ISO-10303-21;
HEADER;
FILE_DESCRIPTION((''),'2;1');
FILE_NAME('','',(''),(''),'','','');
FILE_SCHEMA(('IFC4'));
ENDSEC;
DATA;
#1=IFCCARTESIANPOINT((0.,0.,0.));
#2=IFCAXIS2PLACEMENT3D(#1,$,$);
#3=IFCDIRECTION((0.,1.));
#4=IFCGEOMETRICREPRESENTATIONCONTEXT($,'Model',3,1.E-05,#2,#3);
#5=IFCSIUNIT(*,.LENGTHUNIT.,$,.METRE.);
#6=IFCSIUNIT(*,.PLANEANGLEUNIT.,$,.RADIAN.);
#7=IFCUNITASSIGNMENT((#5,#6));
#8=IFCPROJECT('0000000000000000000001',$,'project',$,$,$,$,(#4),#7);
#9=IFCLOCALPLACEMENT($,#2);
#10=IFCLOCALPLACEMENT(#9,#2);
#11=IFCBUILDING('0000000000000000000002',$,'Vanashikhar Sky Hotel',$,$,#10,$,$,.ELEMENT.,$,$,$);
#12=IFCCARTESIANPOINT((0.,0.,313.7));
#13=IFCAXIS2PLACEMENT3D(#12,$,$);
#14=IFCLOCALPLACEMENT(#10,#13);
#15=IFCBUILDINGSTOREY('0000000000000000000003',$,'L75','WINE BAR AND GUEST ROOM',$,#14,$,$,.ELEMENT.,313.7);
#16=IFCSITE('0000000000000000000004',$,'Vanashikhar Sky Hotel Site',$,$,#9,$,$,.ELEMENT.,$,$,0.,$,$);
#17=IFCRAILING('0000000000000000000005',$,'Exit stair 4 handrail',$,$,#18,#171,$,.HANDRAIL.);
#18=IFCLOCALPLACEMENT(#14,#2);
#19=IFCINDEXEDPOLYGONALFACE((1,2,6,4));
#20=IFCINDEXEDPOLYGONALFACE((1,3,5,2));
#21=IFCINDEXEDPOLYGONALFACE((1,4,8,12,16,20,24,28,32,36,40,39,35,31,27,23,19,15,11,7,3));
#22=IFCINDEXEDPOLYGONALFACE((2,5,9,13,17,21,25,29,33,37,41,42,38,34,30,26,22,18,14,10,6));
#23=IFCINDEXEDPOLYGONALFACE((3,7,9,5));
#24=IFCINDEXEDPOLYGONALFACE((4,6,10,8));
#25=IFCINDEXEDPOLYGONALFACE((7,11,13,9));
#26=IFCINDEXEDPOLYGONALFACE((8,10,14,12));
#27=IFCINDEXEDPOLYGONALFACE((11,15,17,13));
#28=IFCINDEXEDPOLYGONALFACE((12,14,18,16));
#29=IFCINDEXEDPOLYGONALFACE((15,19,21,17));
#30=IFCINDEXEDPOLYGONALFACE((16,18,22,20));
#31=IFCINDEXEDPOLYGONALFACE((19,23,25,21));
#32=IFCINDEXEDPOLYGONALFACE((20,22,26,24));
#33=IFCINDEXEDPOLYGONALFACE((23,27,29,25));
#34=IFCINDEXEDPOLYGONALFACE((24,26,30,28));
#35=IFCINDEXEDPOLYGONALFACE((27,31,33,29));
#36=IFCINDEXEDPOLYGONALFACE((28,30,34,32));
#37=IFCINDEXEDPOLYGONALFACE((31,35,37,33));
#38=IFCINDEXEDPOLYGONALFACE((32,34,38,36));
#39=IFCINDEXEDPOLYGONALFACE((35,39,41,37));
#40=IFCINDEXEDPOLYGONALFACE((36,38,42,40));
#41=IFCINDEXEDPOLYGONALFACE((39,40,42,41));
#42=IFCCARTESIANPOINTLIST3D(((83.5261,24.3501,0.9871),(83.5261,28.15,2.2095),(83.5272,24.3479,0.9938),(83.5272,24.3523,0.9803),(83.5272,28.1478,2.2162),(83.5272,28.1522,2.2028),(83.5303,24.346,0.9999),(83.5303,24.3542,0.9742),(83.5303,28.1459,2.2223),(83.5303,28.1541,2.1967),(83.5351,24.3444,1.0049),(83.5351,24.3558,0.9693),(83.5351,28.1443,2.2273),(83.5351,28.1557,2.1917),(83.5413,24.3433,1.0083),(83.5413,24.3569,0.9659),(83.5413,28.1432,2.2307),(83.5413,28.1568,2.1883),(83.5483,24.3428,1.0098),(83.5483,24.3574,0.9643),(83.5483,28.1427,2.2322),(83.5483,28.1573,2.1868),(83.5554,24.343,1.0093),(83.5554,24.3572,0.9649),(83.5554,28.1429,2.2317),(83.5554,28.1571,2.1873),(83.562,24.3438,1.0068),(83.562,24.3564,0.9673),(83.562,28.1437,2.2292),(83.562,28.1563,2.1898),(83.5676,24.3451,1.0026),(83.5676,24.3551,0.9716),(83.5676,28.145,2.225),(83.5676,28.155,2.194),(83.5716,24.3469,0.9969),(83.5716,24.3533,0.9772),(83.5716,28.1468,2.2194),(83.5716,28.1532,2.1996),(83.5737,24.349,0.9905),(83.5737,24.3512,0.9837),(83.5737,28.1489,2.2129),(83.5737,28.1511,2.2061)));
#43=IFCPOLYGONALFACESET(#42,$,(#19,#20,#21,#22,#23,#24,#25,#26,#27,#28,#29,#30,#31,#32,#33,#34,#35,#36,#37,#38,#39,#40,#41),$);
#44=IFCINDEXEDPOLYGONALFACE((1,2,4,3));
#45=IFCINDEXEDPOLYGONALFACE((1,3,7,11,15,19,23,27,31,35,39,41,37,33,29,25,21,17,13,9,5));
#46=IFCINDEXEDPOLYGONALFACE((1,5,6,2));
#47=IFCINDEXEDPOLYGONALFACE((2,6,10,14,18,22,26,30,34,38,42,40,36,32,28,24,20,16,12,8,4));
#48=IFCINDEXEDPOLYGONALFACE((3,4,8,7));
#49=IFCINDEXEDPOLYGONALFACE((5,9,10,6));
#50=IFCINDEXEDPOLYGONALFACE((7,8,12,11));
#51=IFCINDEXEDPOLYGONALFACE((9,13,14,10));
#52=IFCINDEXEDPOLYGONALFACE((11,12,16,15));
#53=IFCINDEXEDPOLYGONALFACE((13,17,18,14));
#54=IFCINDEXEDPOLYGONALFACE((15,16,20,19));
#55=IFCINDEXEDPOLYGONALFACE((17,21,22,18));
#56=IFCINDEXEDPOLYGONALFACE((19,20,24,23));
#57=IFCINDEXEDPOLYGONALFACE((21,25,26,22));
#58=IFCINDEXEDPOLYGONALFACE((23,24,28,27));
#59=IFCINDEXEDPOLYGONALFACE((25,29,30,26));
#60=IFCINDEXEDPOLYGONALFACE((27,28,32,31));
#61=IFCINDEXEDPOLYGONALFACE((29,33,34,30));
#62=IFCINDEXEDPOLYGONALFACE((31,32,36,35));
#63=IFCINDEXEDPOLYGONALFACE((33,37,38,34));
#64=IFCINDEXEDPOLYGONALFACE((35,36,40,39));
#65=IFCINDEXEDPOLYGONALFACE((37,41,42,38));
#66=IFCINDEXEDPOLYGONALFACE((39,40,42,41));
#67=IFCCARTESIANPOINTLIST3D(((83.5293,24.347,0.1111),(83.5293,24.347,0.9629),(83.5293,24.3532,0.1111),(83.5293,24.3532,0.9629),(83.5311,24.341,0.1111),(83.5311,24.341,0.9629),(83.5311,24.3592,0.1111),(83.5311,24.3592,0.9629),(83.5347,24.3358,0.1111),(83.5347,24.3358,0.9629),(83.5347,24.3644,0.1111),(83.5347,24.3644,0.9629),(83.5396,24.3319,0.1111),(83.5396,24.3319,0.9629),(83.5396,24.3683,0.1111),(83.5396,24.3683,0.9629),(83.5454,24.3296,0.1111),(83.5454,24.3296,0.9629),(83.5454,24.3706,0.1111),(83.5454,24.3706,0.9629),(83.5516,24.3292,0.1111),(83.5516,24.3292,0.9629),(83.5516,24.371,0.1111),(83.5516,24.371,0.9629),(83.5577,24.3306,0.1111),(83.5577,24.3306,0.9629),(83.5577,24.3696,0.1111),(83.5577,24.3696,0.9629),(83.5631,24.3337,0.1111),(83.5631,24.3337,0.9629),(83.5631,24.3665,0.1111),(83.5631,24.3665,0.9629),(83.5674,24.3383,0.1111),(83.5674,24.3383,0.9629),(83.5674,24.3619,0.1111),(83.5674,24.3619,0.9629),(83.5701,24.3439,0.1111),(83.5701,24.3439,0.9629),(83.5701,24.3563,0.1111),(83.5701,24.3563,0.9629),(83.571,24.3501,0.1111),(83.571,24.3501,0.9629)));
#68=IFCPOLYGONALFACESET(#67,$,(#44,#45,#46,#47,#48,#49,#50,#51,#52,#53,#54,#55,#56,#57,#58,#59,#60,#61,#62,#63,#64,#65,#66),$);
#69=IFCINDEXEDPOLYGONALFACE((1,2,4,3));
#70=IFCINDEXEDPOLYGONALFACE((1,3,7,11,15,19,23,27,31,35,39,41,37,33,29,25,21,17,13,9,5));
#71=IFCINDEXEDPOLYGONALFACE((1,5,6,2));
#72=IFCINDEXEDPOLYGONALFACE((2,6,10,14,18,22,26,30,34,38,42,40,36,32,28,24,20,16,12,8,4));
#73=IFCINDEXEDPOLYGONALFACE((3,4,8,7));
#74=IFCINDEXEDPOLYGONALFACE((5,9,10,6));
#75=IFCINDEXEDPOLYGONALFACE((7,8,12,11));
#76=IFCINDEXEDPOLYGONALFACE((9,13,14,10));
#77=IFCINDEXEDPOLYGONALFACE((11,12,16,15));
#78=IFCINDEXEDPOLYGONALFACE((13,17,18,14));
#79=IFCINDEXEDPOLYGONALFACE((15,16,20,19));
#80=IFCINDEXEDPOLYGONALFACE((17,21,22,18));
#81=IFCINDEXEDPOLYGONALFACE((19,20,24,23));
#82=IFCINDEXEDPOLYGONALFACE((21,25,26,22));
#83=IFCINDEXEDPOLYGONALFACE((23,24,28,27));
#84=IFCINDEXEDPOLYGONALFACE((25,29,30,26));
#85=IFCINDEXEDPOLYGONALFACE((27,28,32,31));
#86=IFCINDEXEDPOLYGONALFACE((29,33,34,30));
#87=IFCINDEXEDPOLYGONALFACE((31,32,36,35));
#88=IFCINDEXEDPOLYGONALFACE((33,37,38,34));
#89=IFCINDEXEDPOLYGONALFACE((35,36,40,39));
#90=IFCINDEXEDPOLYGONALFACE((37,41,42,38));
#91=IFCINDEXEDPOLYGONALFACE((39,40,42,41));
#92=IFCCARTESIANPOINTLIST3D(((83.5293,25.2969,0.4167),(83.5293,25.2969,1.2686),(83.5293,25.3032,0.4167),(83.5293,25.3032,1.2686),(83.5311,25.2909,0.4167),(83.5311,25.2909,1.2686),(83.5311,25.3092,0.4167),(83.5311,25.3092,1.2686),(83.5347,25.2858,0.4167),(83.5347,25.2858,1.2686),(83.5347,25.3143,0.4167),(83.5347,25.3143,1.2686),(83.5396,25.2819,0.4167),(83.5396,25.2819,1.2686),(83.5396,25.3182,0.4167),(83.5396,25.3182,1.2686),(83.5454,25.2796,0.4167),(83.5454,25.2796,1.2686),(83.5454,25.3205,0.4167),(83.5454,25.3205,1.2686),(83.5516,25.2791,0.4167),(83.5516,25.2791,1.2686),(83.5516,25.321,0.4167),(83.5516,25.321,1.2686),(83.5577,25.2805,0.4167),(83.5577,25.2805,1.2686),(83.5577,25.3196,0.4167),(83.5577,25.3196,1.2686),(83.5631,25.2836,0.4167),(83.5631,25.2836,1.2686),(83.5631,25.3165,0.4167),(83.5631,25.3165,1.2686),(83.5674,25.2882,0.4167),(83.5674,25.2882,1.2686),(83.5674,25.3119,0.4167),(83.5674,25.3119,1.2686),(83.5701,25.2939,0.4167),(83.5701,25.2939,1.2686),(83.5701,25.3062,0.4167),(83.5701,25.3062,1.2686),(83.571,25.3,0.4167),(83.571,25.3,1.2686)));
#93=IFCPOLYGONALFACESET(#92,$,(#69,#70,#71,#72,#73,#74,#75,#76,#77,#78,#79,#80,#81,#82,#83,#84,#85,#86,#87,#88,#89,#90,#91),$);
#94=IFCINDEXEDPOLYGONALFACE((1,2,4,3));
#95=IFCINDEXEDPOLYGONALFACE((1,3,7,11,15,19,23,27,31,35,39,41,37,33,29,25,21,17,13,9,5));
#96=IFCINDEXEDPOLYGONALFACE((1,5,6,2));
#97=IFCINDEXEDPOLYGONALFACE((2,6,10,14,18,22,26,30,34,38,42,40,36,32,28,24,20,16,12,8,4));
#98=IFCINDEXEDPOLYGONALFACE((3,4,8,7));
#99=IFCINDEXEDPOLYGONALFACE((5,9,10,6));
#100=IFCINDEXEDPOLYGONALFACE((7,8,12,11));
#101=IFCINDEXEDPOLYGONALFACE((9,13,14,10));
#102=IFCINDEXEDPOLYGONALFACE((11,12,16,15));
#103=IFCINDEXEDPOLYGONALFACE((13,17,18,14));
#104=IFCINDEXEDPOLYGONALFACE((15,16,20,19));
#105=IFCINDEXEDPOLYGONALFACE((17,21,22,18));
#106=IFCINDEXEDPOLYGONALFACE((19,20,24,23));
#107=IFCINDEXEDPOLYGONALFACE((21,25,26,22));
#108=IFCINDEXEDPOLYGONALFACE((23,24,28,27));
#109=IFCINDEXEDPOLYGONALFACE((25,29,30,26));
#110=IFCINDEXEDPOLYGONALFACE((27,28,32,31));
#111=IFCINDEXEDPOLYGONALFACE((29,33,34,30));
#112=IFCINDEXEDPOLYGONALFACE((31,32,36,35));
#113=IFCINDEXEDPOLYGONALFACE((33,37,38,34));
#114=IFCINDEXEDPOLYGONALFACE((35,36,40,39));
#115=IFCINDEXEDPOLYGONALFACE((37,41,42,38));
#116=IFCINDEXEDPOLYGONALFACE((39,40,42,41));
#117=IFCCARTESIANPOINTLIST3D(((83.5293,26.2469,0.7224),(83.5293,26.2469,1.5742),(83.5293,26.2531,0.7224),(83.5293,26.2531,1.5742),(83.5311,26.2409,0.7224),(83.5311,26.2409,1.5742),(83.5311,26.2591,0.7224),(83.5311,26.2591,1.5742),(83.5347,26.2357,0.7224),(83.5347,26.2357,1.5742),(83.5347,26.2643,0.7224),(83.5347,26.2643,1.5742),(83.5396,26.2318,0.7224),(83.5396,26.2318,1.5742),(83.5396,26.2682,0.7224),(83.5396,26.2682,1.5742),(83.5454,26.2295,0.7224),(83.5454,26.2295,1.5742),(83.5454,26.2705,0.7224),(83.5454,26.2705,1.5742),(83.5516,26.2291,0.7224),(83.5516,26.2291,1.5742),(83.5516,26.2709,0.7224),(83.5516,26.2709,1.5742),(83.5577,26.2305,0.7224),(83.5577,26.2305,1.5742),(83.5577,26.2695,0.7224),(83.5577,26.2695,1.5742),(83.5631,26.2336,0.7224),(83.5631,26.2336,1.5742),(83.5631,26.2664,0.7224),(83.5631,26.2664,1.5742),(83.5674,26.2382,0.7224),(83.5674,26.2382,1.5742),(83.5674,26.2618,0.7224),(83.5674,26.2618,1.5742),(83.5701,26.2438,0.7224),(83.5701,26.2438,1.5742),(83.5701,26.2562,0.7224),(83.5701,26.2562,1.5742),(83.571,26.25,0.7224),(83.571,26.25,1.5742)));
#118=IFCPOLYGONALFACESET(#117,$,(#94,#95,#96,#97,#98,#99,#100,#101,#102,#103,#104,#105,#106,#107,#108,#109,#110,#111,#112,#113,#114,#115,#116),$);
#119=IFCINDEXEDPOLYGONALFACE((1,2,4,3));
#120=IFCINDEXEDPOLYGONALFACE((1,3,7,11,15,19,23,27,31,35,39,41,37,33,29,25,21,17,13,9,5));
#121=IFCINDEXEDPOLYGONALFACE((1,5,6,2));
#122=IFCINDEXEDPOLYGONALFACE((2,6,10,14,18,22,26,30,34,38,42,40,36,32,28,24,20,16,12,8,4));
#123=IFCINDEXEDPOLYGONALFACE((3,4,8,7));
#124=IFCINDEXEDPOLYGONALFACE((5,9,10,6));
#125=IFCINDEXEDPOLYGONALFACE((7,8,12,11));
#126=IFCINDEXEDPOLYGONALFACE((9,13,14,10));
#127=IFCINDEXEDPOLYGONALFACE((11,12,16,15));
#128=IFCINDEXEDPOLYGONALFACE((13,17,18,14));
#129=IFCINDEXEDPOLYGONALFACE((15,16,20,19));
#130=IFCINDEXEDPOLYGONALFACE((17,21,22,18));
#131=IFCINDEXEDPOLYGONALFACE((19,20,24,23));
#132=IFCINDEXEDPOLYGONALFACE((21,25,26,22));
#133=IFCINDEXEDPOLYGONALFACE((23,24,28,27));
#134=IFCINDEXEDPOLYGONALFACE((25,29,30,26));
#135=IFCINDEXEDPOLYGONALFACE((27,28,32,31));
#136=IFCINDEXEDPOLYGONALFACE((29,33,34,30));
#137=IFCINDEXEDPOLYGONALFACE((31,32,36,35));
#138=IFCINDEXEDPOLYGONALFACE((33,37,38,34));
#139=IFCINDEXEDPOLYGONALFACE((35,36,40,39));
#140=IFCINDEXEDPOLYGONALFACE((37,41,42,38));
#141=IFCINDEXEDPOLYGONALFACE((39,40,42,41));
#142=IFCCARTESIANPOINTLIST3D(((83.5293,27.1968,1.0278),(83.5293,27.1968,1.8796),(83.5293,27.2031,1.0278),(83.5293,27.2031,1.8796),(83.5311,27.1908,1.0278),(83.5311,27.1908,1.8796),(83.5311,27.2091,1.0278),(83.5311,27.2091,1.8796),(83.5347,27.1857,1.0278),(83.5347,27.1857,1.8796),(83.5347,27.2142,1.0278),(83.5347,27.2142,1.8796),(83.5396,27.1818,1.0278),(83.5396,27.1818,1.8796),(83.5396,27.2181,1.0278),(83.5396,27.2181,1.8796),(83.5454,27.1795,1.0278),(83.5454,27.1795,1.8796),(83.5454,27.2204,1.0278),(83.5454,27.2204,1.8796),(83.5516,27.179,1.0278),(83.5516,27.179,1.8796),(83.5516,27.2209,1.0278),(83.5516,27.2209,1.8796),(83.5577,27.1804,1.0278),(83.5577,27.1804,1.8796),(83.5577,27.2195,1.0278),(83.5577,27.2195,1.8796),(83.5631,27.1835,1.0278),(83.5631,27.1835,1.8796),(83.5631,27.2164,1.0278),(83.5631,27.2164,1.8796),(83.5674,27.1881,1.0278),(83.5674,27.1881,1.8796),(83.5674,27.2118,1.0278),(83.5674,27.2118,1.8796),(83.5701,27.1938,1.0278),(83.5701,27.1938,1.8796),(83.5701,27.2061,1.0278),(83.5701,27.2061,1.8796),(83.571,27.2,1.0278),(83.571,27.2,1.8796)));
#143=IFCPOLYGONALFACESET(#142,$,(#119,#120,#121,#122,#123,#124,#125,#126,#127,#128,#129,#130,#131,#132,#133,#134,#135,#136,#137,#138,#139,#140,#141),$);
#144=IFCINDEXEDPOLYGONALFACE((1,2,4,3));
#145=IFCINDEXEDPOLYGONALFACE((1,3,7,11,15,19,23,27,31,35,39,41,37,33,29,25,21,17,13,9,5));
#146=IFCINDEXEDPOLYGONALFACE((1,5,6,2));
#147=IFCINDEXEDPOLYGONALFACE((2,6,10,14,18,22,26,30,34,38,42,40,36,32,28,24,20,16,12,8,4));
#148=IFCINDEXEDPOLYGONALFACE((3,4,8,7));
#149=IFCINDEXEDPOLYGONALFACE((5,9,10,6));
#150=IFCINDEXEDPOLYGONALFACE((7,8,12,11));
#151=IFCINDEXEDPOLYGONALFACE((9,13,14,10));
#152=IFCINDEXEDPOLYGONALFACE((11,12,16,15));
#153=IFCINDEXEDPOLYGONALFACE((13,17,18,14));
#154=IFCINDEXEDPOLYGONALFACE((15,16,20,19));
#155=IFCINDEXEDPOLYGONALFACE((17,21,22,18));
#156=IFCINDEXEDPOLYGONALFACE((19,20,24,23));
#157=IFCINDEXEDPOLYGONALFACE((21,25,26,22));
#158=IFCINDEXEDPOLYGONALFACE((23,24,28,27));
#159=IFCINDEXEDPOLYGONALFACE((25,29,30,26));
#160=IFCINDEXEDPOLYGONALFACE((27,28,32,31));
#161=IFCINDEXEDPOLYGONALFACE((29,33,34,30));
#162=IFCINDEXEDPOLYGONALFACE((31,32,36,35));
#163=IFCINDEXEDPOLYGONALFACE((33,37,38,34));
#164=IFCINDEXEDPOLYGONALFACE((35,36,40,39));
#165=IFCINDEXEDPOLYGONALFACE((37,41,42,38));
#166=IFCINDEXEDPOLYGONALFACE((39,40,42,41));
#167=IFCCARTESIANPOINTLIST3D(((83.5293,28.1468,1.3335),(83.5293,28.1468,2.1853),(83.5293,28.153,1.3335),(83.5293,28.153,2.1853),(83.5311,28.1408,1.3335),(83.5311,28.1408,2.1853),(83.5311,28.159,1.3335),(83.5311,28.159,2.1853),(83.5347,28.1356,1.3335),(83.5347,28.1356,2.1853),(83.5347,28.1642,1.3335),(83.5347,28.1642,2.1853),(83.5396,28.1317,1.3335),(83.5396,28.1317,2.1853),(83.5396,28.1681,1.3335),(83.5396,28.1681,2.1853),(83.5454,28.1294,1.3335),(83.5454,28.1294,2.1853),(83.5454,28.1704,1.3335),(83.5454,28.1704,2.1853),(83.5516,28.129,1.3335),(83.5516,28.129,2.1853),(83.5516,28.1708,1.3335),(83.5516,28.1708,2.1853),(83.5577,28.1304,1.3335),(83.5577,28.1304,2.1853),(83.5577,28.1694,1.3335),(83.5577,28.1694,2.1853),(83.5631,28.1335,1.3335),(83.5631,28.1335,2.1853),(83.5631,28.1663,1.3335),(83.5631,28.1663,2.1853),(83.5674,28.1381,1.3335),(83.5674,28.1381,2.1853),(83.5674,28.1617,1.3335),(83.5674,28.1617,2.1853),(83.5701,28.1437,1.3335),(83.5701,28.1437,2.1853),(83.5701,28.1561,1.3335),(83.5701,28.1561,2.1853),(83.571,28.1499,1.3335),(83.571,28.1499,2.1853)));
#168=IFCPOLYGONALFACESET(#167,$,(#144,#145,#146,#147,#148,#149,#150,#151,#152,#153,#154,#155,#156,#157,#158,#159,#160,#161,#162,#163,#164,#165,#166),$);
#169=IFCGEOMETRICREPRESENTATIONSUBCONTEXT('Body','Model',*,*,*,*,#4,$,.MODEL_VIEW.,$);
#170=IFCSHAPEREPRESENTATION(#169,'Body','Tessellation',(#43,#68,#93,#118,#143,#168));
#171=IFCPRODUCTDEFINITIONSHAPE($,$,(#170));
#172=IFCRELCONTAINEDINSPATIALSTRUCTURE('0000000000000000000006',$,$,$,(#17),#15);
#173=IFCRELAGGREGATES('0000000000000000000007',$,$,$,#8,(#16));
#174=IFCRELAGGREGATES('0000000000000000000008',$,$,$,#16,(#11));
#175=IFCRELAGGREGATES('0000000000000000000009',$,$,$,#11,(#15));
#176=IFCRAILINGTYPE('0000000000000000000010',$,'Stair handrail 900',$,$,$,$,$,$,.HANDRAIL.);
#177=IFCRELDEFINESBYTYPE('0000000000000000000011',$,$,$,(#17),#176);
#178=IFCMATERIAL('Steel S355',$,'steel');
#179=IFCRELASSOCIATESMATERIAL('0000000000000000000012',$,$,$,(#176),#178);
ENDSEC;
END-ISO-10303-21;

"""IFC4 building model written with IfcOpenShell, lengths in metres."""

from ifc_helpers import new_model, si_unit, direction, frame, origin, origin_2d, place, context, subcontext, project, spatial, circle, extrude, source, transform, mapped, material, type_object, element, save


model = new_model("IFC4")

# Units and contexts
model_context = context("Model", 3, precision=1e-05, world=origin(), true_north=direction((0.0, 1.0)))
body_context = subcontext(model_context, "Body", "Model", "MODEL_VIEW")
ifc_project = project(units=[si_unit("LENGTHUNIT", "METRE"), si_unit("PLANEANGLEUNIT", "RADIAN")], contexts=[model_context])

# Site, building, storey
site_placement = place(None, origin())
site = spatial("IfcSite", under=ifc_project, at=site_placement, Name="Vanashikhar Sky Hotel Site", CompositionType="ELEMENT", RefElevation=0.0)
building_placement = place(site_placement, origin())
building = spatial("IfcBuilding", under=site, at=building_placement, Name="Vanashikhar Sky Hotel", CompositionType="ELEMENT")
storey_placement = place(building_placement, frame((0.0, 0.0, 313.7)))
storey = spatial("IfcBuildingStorey", under=building, at=storey_placement, Name="L75", Description="WINE BAR AND GUEST ROOM", CompositionType="ELEMENT", Elevation=313.7)

# Railing
ifc_material_1 = material(Name="Steel S355", Category="steel")
railing_type_1 = type_object("IfcRailingType", Name="Stair handrail 900", PredefinedType="HANDRAIL", material=ifc_material_1)
shared_shape_1 = source(origin(), body_context, "Body", "SweptSolid", [
    extrude(circle(Radius=0.0239, at=origin_2d()), frame((0.0, 0.0, 0.876), z_axis=(0.0, 0.951952, 0.306247), x_axis=(-1.0, 0.0, 0.0)), (0.0, 0.0, 1.0), 3.9917),
    extrude(circle(Radius=0.021, at=origin_2d()), origin(), (0.0, 0.0, 1.0), 0.8518),
    extrude(circle(Radius=0.021, at=origin_2d()), frame((0.0, 0.95, 0.3057)), (0.0, 0.0, 1.0), 0.8518),
    extrude(circle(Radius=0.021, at=origin_2d()), frame((0.0, 1.8999, 0.6113)), (0.0, 0.0, 1.0), 0.8518),
    extrude(circle(Radius=0.021, at=origin_2d()), frame((0.0, 2.8499, 0.9167)), (0.0, 0.0, 1.0), 0.8518),
    extrude(circle(Radius=0.021, at=origin_2d()), frame((0.0, 3.7998, 1.2224)), (0.0, 0.0, 1.0), 0.8518),
])
railing_1_placement = place(storey_placement, frame((83.55, 24.3501, 0.1111)))
element("IfcRailing", 1, at=railing_1_placement, inside=storey, type_object=railing_type_1, Name="Exit stair 4 handrail", PredefinedType="HANDRAIL", context=body_context, shape_type="MappedRepresentation", body=[
    mapped(shared_shape_1, transform((0.0, 0.0, 0.0), scale=1.0)),
])

save(model, "model.ifc")
